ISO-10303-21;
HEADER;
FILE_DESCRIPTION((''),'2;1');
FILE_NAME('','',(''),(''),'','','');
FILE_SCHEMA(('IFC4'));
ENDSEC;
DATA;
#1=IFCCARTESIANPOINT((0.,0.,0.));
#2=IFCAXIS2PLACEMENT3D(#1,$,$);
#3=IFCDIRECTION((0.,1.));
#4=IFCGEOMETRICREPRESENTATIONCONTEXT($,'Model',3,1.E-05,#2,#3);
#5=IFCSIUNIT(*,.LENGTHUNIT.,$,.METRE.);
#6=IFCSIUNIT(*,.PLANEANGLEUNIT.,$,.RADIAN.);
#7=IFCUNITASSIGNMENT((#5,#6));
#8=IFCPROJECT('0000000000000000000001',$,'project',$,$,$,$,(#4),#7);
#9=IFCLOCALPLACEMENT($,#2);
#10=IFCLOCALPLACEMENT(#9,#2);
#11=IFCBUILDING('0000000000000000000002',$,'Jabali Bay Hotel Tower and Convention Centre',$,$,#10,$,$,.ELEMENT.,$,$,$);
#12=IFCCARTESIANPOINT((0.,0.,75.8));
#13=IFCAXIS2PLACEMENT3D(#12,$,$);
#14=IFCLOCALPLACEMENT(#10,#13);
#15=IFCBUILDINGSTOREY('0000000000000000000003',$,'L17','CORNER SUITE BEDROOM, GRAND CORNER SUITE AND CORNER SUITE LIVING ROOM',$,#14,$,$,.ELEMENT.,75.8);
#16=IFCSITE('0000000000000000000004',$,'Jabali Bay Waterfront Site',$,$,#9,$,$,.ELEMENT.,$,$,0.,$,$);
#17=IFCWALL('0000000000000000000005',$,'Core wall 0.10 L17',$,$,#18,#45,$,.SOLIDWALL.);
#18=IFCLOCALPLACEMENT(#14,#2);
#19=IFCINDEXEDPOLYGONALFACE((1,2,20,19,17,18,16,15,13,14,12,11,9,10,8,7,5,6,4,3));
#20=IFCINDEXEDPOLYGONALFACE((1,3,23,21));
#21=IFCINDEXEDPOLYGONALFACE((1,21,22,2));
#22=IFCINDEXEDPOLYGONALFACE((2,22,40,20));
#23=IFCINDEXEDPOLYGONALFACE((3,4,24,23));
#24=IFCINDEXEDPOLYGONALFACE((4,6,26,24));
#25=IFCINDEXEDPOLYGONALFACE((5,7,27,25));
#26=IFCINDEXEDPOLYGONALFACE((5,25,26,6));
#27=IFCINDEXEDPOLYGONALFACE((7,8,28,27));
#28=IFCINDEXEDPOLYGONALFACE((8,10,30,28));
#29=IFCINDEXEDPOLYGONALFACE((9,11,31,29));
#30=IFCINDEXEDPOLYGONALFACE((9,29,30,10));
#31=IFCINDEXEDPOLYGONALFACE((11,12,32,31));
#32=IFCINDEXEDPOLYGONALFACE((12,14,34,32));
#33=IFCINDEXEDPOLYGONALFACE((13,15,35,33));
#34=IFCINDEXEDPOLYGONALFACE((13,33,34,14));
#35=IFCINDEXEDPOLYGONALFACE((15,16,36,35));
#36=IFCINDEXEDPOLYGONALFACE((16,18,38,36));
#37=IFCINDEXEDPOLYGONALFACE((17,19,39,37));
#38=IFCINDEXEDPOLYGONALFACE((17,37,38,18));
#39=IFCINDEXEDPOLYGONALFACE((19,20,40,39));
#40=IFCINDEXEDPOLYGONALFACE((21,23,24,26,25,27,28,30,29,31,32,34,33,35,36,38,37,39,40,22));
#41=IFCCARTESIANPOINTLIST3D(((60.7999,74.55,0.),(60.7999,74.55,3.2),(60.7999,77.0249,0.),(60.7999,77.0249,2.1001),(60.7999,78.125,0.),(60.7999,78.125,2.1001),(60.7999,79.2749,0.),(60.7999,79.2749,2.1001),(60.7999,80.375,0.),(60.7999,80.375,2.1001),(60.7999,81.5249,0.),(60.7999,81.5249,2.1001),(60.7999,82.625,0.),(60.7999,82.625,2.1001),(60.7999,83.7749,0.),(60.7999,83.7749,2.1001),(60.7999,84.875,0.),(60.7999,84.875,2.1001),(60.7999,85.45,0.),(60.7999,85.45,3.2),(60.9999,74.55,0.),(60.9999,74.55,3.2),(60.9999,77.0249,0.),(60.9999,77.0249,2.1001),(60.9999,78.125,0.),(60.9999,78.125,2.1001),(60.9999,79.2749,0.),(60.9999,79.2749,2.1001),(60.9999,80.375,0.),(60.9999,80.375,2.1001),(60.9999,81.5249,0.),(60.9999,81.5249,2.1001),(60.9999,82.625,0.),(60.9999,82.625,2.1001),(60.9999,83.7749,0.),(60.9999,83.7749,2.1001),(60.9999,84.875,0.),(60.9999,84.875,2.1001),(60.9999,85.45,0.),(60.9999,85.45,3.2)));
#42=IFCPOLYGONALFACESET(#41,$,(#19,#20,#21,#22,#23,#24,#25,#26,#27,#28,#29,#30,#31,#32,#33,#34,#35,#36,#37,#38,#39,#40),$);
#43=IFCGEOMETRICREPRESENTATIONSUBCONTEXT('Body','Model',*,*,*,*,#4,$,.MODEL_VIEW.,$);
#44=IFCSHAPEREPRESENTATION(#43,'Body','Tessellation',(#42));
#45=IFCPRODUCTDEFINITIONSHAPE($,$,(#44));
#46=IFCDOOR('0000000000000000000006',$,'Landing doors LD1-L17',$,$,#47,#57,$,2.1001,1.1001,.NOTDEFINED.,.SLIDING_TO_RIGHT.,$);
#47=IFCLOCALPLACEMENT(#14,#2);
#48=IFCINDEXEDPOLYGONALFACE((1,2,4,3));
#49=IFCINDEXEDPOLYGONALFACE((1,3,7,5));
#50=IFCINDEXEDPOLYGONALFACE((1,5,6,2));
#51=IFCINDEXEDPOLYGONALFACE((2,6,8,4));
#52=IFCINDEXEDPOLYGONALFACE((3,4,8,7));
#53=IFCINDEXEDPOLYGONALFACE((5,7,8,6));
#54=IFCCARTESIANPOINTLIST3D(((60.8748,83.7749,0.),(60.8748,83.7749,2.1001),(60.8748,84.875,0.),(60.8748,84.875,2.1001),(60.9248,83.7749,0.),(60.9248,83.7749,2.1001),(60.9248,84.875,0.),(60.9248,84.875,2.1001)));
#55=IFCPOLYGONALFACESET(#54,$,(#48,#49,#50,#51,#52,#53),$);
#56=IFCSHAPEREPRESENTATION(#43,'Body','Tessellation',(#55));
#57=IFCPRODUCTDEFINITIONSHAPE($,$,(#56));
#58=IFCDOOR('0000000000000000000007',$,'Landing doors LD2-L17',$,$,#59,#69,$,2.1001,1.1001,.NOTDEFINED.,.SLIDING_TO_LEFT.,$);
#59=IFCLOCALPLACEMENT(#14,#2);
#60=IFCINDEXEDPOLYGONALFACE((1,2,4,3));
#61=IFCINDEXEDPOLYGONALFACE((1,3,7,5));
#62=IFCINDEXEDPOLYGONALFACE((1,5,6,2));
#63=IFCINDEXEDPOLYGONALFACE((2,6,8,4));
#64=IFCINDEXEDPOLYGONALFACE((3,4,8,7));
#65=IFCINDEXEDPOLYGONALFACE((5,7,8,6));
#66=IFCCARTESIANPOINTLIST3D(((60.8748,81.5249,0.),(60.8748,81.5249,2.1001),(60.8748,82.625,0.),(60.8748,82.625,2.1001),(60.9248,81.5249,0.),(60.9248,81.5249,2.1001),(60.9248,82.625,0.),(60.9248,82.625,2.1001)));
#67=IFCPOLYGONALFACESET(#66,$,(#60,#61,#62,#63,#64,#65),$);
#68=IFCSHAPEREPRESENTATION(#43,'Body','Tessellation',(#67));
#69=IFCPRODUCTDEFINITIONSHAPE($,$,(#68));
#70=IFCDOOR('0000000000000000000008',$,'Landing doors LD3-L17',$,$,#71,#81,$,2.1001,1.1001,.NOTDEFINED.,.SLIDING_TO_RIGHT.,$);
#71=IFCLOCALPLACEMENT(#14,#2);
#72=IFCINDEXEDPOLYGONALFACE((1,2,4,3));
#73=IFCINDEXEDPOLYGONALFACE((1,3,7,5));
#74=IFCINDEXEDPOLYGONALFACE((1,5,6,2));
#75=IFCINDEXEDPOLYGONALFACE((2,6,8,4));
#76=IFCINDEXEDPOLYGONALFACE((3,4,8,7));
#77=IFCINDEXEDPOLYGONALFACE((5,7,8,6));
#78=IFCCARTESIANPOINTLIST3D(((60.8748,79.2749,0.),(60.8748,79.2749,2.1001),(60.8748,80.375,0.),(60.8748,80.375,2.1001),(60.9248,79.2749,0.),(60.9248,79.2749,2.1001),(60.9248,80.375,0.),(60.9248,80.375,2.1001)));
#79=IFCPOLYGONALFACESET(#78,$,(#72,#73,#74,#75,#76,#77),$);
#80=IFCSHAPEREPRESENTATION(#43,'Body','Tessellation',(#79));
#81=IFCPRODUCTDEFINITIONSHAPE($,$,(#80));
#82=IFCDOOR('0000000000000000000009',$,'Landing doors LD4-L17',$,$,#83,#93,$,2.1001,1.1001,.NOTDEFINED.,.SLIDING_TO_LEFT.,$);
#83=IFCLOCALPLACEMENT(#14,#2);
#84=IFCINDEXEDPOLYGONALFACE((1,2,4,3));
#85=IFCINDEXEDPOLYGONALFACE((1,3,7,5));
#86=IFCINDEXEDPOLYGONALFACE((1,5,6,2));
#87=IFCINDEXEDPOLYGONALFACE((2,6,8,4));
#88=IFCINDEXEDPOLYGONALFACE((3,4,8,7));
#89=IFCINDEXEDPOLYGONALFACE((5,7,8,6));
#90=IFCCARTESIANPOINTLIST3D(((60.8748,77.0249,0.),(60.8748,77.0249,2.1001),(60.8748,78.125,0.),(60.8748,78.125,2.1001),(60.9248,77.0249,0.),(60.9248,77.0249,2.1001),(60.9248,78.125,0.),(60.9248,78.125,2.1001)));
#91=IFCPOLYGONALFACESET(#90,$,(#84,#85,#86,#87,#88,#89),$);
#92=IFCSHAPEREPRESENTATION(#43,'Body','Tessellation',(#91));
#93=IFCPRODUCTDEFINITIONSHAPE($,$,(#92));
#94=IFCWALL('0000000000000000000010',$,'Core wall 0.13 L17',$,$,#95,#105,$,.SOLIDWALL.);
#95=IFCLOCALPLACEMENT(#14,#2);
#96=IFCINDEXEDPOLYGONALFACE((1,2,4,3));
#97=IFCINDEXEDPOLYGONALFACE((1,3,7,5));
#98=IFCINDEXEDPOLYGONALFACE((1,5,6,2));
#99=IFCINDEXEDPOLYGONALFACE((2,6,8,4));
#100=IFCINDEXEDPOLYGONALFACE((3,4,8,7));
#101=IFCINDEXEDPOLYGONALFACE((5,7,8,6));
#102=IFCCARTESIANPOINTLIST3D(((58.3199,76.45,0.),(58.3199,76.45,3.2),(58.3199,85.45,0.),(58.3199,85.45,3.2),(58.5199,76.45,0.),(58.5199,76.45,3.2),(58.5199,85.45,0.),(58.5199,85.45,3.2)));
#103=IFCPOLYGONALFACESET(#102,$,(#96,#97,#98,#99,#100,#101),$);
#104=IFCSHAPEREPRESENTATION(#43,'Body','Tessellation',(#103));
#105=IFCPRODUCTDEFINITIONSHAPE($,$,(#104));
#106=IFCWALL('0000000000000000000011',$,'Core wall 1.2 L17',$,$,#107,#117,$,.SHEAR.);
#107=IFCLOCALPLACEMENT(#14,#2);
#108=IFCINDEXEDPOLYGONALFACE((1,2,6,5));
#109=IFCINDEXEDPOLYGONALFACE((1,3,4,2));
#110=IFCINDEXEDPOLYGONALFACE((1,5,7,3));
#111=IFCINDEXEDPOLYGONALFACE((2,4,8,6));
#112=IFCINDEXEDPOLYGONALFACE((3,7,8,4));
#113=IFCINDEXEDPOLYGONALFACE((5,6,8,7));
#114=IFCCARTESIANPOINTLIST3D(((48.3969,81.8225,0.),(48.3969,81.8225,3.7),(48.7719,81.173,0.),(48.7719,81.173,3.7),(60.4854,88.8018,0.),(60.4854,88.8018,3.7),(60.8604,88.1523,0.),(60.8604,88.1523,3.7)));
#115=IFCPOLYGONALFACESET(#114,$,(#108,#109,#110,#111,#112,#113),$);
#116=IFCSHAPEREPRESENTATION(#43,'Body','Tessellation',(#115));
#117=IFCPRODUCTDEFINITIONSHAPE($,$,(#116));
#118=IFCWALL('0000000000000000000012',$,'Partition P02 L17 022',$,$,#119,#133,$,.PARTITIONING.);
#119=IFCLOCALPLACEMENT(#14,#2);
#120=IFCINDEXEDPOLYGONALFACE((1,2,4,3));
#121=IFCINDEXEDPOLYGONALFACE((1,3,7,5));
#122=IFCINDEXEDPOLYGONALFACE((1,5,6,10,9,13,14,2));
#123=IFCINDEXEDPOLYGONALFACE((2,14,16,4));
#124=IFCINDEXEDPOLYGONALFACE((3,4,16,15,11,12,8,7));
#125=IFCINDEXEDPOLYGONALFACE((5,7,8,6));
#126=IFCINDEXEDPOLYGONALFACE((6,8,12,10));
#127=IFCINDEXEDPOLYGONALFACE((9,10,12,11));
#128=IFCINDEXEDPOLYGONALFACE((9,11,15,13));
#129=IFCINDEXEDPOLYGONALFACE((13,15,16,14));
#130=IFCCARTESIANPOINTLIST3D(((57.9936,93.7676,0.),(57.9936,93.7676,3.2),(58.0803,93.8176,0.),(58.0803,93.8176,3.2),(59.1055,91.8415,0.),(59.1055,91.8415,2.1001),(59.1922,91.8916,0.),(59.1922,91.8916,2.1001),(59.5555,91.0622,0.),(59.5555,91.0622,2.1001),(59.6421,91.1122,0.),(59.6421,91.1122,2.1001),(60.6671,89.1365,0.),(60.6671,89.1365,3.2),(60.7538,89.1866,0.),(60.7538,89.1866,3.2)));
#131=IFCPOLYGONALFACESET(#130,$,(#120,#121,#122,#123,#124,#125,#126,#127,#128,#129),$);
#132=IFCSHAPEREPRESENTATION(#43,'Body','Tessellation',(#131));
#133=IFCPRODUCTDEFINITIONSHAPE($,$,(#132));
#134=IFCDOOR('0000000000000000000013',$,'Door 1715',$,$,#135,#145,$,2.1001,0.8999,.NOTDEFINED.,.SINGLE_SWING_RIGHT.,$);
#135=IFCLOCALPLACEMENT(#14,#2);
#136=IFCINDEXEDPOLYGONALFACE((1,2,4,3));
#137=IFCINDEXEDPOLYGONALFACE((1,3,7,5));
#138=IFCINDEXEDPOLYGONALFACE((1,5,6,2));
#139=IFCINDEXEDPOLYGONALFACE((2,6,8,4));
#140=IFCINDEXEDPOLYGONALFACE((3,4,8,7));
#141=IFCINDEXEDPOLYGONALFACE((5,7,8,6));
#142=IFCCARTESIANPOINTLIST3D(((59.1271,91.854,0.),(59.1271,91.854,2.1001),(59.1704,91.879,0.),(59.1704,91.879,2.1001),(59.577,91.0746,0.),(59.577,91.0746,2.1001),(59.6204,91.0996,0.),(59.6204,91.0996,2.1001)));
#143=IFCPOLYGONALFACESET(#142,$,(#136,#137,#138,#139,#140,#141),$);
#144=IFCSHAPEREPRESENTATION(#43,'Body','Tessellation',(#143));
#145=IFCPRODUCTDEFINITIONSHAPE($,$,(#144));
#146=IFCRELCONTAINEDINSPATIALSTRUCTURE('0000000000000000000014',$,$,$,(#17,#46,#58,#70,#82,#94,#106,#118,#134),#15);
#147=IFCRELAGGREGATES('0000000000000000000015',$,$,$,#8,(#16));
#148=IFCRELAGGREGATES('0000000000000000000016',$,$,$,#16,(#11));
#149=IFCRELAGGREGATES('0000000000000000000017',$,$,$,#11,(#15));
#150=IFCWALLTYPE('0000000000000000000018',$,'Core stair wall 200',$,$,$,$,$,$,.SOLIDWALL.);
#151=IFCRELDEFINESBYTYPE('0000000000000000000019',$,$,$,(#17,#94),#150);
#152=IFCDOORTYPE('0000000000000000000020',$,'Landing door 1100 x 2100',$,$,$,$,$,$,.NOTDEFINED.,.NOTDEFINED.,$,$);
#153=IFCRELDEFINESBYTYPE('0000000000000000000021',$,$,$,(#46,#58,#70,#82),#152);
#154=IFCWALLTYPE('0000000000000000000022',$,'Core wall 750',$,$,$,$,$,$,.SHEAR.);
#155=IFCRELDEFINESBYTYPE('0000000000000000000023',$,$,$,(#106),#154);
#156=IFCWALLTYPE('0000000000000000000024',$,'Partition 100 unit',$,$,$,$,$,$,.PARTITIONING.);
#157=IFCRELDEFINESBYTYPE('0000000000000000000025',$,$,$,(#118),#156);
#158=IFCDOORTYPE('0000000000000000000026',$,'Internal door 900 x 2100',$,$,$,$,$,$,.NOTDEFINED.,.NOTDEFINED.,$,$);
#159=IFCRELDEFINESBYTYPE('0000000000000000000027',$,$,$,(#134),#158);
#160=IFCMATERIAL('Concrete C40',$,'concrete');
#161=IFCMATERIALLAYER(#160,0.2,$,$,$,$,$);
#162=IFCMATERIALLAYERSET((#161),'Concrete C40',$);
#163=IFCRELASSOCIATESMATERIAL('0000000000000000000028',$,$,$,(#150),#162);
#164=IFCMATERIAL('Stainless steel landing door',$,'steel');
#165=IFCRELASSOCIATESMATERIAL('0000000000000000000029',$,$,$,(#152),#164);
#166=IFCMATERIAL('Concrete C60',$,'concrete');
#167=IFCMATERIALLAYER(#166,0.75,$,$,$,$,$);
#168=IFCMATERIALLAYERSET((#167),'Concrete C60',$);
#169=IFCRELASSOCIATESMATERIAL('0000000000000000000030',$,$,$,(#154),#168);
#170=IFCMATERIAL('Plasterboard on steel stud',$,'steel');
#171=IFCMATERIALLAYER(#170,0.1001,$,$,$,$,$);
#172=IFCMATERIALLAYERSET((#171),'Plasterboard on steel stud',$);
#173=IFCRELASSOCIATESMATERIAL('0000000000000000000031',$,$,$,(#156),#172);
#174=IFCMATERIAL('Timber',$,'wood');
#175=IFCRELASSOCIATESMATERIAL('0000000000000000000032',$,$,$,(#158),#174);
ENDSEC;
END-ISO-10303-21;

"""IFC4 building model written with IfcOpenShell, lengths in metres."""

from ifc_helpers import new_model, si_unit, direction, frame, frame_2d, origin, place, context, subcontext, project, spatial, rectangle, extrude, material, layer, layer_set, type_object, element, fill, save


model = new_model("IFC4")

# Units and contexts
model_context = context("Model", 3, precision=1e-05, world=origin(), true_north=direction((0.0, 1.0)))
body_context = subcontext(model_context, "Body", "Model", "MODEL_VIEW")
ifc_project = project(units=[si_unit("LENGTHUNIT", "METRE"), si_unit("PLANEANGLEUNIT", "RADIAN")], contexts=[model_context])

# Site, building, storey
site_placement = place(None, origin())
site = spatial("IfcSite", under=ifc_project, at=site_placement, Name="Jabali Bay Waterfront Site", CompositionType="ELEMENT", RefElevation=0.0)
building_placement = place(site_placement, origin())
building = spatial("IfcBuilding", under=site, at=building_placement, Name="Jabali Bay Hotel Tower and Convention Centre", CompositionType="ELEMENT")
storey_placement = place(building_placement, frame((0.0, 0.0, 75.8)))
storey = spatial("IfcBuildingStorey", under=building, at=storey_placement, Name="L17", Description="CORNER SUITE BEDROOM, GRAND CORNER SUITE AND CORNER SUITE LIVING ROOM", CompositionType="ELEMENT", Elevation=75.8)

# Shared definitions
ifc_material_1 = material(Name="Concrete C40", Category="concrete")

# Shared definitions
ifc_layer_1 = layer(ifc_material_1, 0.2)
ifc_layer_set_1 = layer_set([ifc_layer_1], Name="Concrete C40")
wall_type_1 = type_object("IfcWallType", Name="Core stair wall 200", PredefinedType="SOLIDWALL", material=ifc_layer_set_1)

# Wall, openings, doors
wall_1_placement = place(storey_placement, frame((60.8999, 85.45, 0.0), z_axis=(0.0, 0.0, 1.0), x_axis=(0.0, -1.0, 0.0)))
wall_1 = element("IfcWall", 1, at=wall_1_placement, inside=storey, type_object=wall_type_1, Name="Core wall 0.10 L17", PredefinedType="SOLIDWALL", context=body_context, shape_type="SweptSolid", body=[
    extrude(rectangle(XDim=10.8999, YDim=0.2, at=frame_2d((5.45, 0.0))), origin(), (0.0, 0.0, 1.0), 3.2),
])
opening_1_placement = place(wall_1_placement, frame((0.575, 0.0, 0.0)))
opening_1 = element("IfcOpeningElement", 2, at=opening_1_placement, cuts=wall_1, PredefinedType="OPENING", context=body_context, shape_type="SweptSolid", body=[
    extrude(rectangle(XDim=1.1001, YDim=2.1001, at=frame_2d((0.55, 1.05))), frame((0.0, 0.1104, 0.0), z_axis=(0.0, -1.0, 0.0), x_axis=(1.0, 0.0, 0.0)), (0.0, 0.0, 1.0), 0.2209),
])
opening_2_placement = place(wall_1_placement, frame((2.825, 0.0, 0.0)))
opening_2 = element("IfcOpeningElement", 3, at=opening_2_placement, cuts=wall_1, PredefinedType="OPENING", context=body_context, shape_type="SweptSolid", body=[
    extrude(rectangle(XDim=1.1001, YDim=2.1001, at=frame_2d((0.55, 1.05))), frame((0.0, 0.1104, 0.0), z_axis=(0.0, -1.0, 0.0), x_axis=(1.0, 0.0, 0.0)), (0.0, 0.0, 1.0), 0.2209),
])
opening_3_placement = place(wall_1_placement, frame((5.075, 0.0, 0.0)))
opening_3 = element("IfcOpeningElement", 4, at=opening_3_placement, cuts=wall_1, PredefinedType="OPENING", context=body_context, shape_type="SweptSolid", body=[
    extrude(rectangle(XDim=1.1001, YDim=2.1001, at=frame_2d((0.55, 1.05))), frame((0.0, 0.1104, 0.0), z_axis=(0.0, -1.0, 0.0), x_axis=(1.0, 0.0, 0.0)), (0.0, 0.0, 1.0), 0.2209),
])
opening_4_placement = place(wall_1_placement, frame((7.325, 0.0, 0.0)))
opening_4 = element("IfcOpeningElement", 5, at=opening_4_placement, cuts=wall_1, PredefinedType="OPENING", context=body_context, shape_type="SweptSolid", body=[
    extrude(rectangle(XDim=1.1001, YDim=2.1001, at=frame_2d((0.55, 1.05))), frame((0.0, 0.1104, 0.0), z_axis=(0.0, -1.0, 0.0), x_axis=(1.0, 0.0, 0.0)), (0.0, 0.0, 1.0), 0.2209),
])
ifc_material_2 = material(Name="Stainless steel landing door", Category="steel")
door_type_1 = type_object("IfcDoorType", Name="Landing door 1100 x 2100", OperationType="NOTDEFINED", PredefinedType="NOTDEFINED", material=ifc_material_2)
door_1_placement = place(opening_1_placement, origin())
door_1 = element("IfcDoor", 6, at=door_1_placement, inside=storey, type_object=door_type_1, Name="Landing doors LD1-L17", OperationType="SLIDING_TO_RIGHT", OverallHeight=2.1001, OverallWidth=1.1001, PredefinedType="NOTDEFINED", context=body_context, shape_type="SweptSolid", body=[
    extrude(rectangle(XDim=1.1001, YDim=2.1001, at=frame_2d((0.55, 1.05))), frame((0.0, 0.0249, 0.0), z_axis=(0.0, -1.0, 0.0), x_axis=(1.0, 0.0, 0.0)), (0.0, 0.0, 1.0), 0.05),
])
fill(opening_1, door_1)
door_2_placement = place(opening_2_placement, origin())
door_2 = element("IfcDoor", 7, at=door_2_placement, inside=storey, type_object=door_type_1, Name="Landing doors LD2-L17", OperationType="SLIDING_TO_LEFT", OverallHeight=2.1001, OverallWidth=1.1001, PredefinedType="NOTDEFINED", context=body_context, shape_type="SweptSolid", body=[
    extrude(rectangle(XDim=1.1001, YDim=2.1001, at=frame_2d((0.55, 1.05))), frame((0.0, 0.0249, 0.0), z_axis=(0.0, -1.0, 0.0), x_axis=(1.0, 0.0, 0.0)), (0.0, 0.0, 1.0), 0.05),
])
fill(opening_2, door_2)
door_3_placement = place(opening_3_placement, origin())
door_3 = element("IfcDoor", 8, at=door_3_placement, inside=storey, type_object=door_type_1, Name="Landing doors LD3-L17", OperationType="SLIDING_TO_RIGHT", OverallHeight=2.1001, OverallWidth=1.1001, PredefinedType="NOTDEFINED", context=body_context, shape_type="SweptSolid", body=[
    extrude(rectangle(XDim=1.1001, YDim=2.1001, at=frame_2d((0.55, 1.05))), frame((0.0, 0.0249, 0.0), z_axis=(0.0, -1.0, 0.0), x_axis=(1.0, 0.0, 0.0)), (0.0, 0.0, 1.0), 0.05),
])
fill(opening_3, door_3)
door_4_placement = place(opening_4_placement, origin())
door_4 = element("IfcDoor", 9, at=door_4_placement, inside=storey, type_object=door_type_1, Name="Landing doors LD4-L17", OperationType="SLIDING_TO_LEFT", OverallHeight=2.1001, OverallWidth=1.1001, PredefinedType="NOTDEFINED", context=body_context, shape_type="SweptSolid", body=[
    extrude(rectangle(XDim=1.1001, YDim=2.1001, at=frame_2d((0.55, 1.05))), frame((0.0, 0.0249, 0.0), z_axis=(0.0, -1.0, 0.0), x_axis=(1.0, 0.0, 0.0)), (0.0, 0.0, 1.0), 0.05),
])
fill(opening_4, door_4)

# Walls
wall_2_placement = place(storey_placement, frame((58.4199, 85.45, 0.0), z_axis=(0.0, 0.0, 1.0), x_axis=(0.0, -1.0, 0.0)))
element("IfcWall", 10, at=wall_2_placement, inside=storey, type_object=wall_type_1, Name="Core wall 0.13 L17", PredefinedType="SOLIDWALL", context=body_context, shape_type="SweptSolid", body=[
    extrude(rectangle(XDim=9.0, YDim=0.2, at=frame_2d((4.5, 0.0))), origin(), (0.0, 0.0, 1.0), 3.2),
])
ifc_material_3 = material(Name="Concrete C60", Category="concrete")
ifc_layer_2 = layer(ifc_material_3, 0.75)
ifc_layer_set_2 = layer_set([ifc_layer_2], Name="Concrete C60")
wall_type_2 = type_object("IfcWallType", Name="Core wall 750", PredefinedType="SHEAR", material=ifc_layer_set_2)
wall_3_placement = place(storey_placement, frame((60.6729, 88.4771, 0.0), z_axis=(0.0, 0.0, 1.0), x_axis=(-0.866025, -0.500001, 0.0)))
element("IfcWall", 11, at=wall_3_placement, inside=storey, type_object=wall_type_2, Name="Core wall 1.2 L17", PredefinedType="SHEAR", context=body_context, shape_type="SweptSolid", body=[
    extrude(rectangle(XDim=13.9585, YDim=0.75, at=frame_2d((6.9792, 0.0))), origin(), (0.0, 0.0, 1.0), 3.7),
])

# Wall, opening, door
ifc_material_4 = material(Name="Plasterboard on steel stud", Category="steel")
ifc_layer_3 = layer(ifc_material_4, 0.1001)
ifc_layer_set_3 = layer_set([ifc_layer_3], Name="Plasterboard on steel stud")
wall_type_3 = type_object("IfcWallType", Name="Partition 100 unit", PredefinedType="PARTITIONING", material=ifc_layer_set_3)
wall_4_placement = place(storey_placement, frame((58.0369, 93.7927, 0.0), z_axis=(0.0, 0.0, 1.0), x_axis=(0.499974, -0.86604, 0.0)))
wall_4 = element("IfcWall", 12, at=wall_4_placement, inside=storey, type_object=wall_type_3, Name="Partition P02 L17 022", PredefinedType="PARTITIONING", context=body_context, shape_type="SweptSolid", body=[
    extrude(rectangle(XDim=5.3474, YDim=0.1001, at=frame_2d((2.6738, 0.0))), origin(), (0.0, 0.0, 1.0), 3.2),
])
opening_5_placement = place(wall_4_placement, frame((2.2241, 0.0, 0.0)))
opening_5 = element("IfcOpeningElement", 13, at=opening_5_placement, cuts=wall_4, PredefinedType="OPENING", context=body_context, shape_type="SweptSolid", body=[
    extrude(rectangle(XDim=0.8999, YDim=2.1001, at=frame_2d((0.45, 1.05))), frame((0.0, 0.0605, 0.0), z_axis=(0.0, -1.0, 0.0), x_axis=(1.0, 0.0, 0.0)), (0.0, 0.0, 1.0), 0.1211),
])
ifc_material_5 = material(Name="Timber", Category="wood")
door_type_2 = type_object("IfcDoorType", Name="Internal door 900 x 2100", OperationType="NOTDEFINED", PredefinedType="NOTDEFINED", material=ifc_material_5)
door_5_placement = place(opening_5_placement, origin())
door_5 = element("IfcDoor", 14, at=door_5_placement, inside=storey, type_object=door_type_2, Name="Door 1715", OperationType="SINGLE_SWING_RIGHT", OverallHeight=2.1001, OverallWidth=0.8999, PredefinedType="NOTDEFINED", context=body_context, shape_type="SweptSolid", body=[
    extrude(rectangle(XDim=0.8999, YDim=2.1001, at=frame_2d((0.45, 1.05))), frame((0.0, 0.0249, 0.0), z_axis=(0.0, -1.0, 0.0), x_axis=(1.0, 0.0, 0.0)), (0.0, 0.0, 1.0), 0.05),
])
fill(opening_5, door_5)

save(model, "model.ifc")
